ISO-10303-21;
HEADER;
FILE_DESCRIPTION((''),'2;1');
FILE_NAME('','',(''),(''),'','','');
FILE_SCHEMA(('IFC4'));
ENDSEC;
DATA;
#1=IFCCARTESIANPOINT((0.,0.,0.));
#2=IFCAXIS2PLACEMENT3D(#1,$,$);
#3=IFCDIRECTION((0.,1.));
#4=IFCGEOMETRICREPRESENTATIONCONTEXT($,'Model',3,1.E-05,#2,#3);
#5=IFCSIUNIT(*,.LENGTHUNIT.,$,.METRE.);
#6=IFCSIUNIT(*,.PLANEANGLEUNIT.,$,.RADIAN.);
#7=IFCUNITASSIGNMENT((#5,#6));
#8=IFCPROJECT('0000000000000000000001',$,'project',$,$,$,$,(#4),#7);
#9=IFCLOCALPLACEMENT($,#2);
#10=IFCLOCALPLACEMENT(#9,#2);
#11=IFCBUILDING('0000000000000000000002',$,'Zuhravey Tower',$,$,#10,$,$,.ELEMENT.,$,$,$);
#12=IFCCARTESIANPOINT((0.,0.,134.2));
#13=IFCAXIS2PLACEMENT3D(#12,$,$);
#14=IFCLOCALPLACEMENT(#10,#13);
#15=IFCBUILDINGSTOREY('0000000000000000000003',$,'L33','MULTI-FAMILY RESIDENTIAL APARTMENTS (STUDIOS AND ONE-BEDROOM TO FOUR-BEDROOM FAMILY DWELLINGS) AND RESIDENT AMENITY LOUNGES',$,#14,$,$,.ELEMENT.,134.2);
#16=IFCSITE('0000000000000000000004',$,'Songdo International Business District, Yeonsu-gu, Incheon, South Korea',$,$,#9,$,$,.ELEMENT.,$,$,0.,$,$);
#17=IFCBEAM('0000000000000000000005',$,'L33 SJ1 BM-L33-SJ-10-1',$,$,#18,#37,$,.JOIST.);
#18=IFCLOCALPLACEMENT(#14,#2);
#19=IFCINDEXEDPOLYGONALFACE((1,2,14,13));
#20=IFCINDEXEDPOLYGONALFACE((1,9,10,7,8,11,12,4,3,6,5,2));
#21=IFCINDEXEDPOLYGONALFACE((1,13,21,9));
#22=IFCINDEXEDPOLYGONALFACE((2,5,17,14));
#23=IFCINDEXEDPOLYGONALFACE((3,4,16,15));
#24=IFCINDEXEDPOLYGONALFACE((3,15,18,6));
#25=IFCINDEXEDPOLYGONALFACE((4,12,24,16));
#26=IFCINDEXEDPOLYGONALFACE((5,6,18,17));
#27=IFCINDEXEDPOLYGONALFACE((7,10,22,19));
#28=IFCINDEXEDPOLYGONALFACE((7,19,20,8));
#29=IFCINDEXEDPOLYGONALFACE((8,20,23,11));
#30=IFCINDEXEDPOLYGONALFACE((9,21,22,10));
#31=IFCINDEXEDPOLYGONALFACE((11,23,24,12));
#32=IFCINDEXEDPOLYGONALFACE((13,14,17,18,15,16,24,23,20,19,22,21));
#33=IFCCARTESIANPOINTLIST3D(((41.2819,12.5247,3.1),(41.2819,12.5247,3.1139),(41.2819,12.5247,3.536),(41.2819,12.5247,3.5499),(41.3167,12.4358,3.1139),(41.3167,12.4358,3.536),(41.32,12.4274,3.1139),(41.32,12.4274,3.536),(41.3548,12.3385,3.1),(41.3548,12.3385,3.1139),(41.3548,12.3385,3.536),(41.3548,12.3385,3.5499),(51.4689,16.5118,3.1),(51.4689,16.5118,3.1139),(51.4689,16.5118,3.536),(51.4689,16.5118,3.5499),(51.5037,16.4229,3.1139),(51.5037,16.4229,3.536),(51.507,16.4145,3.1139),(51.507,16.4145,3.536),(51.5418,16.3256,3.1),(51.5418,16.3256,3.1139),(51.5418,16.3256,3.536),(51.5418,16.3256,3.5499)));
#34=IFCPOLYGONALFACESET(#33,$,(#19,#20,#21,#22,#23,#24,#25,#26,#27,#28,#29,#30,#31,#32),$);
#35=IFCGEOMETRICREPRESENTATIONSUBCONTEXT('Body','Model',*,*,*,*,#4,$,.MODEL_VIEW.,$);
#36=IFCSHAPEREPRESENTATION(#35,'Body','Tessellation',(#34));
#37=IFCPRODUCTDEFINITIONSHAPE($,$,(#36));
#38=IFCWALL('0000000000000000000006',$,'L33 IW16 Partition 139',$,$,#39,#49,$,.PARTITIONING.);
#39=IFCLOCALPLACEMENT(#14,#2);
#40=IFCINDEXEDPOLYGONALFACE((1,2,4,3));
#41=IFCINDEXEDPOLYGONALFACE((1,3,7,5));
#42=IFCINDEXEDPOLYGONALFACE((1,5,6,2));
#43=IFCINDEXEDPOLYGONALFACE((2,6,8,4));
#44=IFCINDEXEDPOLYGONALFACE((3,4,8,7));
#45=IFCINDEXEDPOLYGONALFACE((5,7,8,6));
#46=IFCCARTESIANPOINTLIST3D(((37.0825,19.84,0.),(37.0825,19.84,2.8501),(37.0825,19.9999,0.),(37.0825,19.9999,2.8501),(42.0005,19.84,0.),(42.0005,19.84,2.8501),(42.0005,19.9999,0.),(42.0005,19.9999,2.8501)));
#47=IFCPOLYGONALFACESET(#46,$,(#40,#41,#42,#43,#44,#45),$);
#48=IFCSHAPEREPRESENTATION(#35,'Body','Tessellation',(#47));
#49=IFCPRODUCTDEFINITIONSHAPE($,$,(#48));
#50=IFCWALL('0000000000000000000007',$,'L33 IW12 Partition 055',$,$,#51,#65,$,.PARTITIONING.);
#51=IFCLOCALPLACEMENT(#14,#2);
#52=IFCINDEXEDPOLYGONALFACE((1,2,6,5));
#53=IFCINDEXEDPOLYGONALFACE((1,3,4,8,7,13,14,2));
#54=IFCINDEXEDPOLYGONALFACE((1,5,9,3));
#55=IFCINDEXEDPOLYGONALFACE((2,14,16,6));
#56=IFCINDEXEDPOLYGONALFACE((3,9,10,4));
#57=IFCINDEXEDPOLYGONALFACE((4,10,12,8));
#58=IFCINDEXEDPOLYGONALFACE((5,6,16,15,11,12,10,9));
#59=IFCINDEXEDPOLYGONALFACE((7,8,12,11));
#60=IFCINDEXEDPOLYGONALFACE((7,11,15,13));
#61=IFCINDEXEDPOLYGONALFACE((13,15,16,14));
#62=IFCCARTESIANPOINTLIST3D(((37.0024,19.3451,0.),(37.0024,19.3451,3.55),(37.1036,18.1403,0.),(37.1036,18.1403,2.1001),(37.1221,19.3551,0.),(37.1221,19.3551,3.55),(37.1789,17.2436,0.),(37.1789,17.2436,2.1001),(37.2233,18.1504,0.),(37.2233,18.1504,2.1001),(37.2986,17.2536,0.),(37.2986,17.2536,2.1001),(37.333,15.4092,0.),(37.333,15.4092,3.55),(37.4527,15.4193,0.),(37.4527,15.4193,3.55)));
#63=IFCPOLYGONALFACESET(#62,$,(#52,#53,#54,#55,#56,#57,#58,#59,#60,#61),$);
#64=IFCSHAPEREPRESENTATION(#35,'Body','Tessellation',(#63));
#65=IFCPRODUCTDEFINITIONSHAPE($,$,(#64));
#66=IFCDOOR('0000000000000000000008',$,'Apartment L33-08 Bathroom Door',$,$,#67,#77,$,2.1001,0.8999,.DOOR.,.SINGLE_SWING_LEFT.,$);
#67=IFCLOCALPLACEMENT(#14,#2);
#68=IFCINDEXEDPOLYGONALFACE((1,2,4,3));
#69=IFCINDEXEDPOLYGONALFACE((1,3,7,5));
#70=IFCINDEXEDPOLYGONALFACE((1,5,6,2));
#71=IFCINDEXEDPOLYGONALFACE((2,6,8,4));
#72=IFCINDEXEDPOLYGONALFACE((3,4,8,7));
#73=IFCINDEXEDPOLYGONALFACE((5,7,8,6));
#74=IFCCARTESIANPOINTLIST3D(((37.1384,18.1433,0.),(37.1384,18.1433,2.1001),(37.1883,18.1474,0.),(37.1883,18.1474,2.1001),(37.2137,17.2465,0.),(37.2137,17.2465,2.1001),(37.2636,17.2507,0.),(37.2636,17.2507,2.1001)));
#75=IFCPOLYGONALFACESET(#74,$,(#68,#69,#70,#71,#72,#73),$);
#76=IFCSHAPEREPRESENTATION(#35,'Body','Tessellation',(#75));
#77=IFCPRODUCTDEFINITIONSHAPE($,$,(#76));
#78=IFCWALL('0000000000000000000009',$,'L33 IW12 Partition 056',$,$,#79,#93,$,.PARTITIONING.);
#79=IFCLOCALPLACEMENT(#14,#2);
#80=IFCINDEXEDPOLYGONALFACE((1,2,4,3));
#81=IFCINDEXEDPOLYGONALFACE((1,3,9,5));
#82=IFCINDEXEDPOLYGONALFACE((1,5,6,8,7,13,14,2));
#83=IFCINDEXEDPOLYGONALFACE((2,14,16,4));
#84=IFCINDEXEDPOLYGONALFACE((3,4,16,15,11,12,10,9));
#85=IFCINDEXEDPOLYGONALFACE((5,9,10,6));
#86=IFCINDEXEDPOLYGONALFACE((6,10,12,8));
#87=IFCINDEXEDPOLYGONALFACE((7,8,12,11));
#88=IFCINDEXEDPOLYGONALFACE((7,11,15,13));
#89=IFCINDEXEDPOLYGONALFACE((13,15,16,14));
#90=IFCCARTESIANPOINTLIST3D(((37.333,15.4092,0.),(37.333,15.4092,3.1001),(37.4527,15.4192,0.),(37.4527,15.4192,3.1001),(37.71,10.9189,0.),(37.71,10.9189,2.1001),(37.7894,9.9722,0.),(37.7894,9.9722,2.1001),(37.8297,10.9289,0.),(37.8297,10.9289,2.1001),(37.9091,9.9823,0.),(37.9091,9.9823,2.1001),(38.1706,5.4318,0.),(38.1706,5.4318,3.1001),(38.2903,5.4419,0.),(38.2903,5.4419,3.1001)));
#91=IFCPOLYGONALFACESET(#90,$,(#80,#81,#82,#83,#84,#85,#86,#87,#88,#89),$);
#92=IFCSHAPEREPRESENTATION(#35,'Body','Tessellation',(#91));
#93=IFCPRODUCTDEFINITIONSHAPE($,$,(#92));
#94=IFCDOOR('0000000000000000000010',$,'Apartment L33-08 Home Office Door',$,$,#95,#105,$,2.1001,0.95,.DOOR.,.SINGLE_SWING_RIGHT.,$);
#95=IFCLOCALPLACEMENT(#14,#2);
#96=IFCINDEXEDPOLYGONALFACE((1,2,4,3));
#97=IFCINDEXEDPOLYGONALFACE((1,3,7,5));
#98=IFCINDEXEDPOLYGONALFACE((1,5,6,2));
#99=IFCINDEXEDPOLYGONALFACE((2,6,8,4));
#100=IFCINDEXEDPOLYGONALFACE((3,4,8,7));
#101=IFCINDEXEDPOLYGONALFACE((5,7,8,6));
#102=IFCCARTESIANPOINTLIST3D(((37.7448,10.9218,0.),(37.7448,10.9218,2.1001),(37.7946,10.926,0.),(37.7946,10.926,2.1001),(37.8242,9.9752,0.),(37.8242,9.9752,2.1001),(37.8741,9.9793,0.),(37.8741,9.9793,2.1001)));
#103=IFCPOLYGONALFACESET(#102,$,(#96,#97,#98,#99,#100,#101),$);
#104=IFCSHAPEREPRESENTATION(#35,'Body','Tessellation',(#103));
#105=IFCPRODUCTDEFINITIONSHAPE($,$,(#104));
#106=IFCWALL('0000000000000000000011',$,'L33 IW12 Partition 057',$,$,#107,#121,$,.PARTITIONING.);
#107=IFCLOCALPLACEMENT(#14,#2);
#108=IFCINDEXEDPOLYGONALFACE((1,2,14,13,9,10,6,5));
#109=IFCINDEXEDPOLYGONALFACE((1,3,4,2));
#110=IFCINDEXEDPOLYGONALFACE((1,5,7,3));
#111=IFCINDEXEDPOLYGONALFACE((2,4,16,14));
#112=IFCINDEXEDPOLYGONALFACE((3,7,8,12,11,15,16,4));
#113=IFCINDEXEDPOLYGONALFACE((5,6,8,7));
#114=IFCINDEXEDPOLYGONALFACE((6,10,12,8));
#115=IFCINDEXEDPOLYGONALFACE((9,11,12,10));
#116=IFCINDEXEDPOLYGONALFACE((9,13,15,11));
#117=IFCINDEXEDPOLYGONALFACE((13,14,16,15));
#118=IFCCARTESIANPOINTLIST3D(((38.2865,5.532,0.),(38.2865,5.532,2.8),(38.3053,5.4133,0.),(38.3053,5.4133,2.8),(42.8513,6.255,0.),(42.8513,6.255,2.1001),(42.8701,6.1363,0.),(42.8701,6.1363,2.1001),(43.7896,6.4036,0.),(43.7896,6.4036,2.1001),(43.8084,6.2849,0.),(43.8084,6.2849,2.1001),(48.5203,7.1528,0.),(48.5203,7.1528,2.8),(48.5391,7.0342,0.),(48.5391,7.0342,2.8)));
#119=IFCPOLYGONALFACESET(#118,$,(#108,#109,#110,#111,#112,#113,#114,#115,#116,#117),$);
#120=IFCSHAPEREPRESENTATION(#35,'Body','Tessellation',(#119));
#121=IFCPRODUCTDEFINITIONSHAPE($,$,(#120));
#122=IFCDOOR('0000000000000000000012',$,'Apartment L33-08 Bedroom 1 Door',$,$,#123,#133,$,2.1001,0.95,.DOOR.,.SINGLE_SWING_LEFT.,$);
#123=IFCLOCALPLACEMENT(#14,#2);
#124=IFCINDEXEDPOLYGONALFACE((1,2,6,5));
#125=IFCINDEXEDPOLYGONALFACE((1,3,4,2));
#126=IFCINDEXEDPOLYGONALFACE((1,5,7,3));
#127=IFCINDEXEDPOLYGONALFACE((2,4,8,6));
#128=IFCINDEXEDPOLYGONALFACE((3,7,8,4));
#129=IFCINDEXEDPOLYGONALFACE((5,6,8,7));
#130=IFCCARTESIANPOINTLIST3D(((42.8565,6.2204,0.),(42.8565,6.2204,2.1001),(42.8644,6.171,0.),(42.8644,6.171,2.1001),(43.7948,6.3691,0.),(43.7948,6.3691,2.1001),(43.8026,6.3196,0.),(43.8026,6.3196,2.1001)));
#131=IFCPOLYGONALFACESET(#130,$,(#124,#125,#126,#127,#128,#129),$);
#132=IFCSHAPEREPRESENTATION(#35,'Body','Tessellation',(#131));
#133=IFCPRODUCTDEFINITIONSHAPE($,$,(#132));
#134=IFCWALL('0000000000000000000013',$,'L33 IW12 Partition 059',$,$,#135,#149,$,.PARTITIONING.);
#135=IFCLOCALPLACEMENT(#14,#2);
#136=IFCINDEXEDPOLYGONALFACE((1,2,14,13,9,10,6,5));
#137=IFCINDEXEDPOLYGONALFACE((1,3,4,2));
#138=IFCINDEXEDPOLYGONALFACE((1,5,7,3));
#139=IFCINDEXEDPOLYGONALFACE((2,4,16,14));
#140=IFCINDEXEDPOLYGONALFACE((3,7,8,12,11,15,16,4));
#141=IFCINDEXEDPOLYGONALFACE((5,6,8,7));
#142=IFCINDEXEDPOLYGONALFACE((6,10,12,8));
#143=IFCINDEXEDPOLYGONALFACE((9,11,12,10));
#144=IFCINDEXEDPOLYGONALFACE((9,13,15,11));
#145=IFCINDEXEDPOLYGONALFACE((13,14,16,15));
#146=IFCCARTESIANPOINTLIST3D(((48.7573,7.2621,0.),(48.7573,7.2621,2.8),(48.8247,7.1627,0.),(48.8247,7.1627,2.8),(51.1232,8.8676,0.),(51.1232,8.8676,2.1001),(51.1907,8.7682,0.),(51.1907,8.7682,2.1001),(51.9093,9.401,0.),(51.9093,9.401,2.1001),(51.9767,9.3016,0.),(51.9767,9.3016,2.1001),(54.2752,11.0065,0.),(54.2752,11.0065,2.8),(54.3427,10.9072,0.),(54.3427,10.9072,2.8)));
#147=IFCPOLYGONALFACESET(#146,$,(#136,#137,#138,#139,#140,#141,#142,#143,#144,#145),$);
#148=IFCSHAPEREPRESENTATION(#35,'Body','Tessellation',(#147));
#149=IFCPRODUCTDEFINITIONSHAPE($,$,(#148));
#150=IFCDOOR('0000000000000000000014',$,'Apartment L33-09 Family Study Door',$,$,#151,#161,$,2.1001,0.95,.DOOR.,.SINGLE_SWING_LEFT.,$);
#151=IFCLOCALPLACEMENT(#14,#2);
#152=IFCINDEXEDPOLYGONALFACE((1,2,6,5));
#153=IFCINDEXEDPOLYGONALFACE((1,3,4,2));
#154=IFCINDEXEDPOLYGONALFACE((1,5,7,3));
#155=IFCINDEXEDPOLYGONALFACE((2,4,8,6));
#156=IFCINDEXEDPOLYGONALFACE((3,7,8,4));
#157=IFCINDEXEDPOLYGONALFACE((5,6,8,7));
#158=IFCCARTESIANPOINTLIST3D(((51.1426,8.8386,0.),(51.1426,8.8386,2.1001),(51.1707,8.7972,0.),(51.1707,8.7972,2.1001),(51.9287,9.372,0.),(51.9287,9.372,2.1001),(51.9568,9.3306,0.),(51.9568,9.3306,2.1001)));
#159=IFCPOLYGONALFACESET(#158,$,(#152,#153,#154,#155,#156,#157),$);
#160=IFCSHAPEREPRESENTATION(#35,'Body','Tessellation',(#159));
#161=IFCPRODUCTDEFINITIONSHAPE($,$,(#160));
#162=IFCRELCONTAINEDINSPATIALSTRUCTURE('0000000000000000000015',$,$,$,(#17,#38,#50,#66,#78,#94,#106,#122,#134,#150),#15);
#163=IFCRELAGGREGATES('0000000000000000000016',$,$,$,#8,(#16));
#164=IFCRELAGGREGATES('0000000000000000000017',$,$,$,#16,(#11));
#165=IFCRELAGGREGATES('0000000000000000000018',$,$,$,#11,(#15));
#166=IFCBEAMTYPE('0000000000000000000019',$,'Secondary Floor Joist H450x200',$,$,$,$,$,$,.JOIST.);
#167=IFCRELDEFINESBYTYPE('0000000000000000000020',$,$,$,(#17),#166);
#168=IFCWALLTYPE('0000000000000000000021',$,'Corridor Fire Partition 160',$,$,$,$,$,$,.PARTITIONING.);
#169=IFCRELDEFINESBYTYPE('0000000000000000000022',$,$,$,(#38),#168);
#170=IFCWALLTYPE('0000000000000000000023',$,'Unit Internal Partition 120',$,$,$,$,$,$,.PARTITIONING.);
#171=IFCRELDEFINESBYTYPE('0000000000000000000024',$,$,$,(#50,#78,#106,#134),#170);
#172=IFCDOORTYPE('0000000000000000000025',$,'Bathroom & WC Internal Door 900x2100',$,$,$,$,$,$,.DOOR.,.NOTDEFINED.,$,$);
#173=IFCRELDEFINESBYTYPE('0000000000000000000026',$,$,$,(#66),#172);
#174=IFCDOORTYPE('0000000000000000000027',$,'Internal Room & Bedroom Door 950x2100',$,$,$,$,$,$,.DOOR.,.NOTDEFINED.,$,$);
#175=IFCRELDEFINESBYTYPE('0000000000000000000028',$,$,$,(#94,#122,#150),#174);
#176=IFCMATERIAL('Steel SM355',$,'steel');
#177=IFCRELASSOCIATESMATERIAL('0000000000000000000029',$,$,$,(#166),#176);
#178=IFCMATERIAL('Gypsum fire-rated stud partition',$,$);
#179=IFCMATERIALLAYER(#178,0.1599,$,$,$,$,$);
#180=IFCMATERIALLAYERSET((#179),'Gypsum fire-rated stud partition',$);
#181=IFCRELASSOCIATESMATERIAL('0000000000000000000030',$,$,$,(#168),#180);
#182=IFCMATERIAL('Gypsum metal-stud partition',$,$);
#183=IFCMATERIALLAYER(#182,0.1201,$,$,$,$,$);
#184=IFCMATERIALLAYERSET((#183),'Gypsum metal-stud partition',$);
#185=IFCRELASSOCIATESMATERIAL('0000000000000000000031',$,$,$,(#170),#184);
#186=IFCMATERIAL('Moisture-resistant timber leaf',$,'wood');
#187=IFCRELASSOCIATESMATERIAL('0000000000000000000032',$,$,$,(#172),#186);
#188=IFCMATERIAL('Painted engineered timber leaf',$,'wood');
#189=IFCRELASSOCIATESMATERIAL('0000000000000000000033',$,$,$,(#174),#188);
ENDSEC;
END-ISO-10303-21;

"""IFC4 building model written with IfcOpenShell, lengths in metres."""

from ifc_helpers import new_model, si_unit, direction, frame, frame_2d, origin, origin_2d, place, context, subcontext, project, spatial, rectangle, i_section, extrude, material, layer, layer_set, material_profile, profile_set, type_object, element, fill, save


model = new_model("IFC4")

# Units and contexts
model_context = context("Model", 3, precision=1e-05, world=origin(), true_north=direction((0.0, 1.0)))
body_context = subcontext(model_context, "Body", "Model", "MODEL_VIEW")
ifc_project = project(units=[si_unit("LENGTHUNIT", "METRE"), si_unit("PLANEANGLEUNIT", "RADIAN")], contexts=[model_context])

# Site, building, storey
site_placement = place(None, origin())
site = spatial("IfcSite", under=ifc_project, at=site_placement, Name="Songdo International Business District, Yeonsu-gu, Incheon, South Korea", CompositionType="ELEMENT", RefElevation=0.0)
building_placement = place(site_placement, origin())
building = spatial("IfcBuilding", under=site, at=building_placement, Name="Zuhravey Tower", CompositionType="ELEMENT")
storey_placement = place(building_placement, frame((0.0, 0.0, 134.2)))
storey = spatial("IfcBuildingStorey", under=building, at=storey_placement, Name="L33", Description="MULTI-FAMILY RESIDENTIAL APARTMENTS (STUDIOS AND ONE-BEDROOM TO FOUR-BEDROOM FAMILY DWELLINGS) AND RESIDENT AMENITY LOUNGES", CompositionType="ELEMENT", Elevation=134.2)

# Beam
ifc_material_1 = material(Name="Steel SM355", Category="steel")
ifc_material_profile = material_profile(ifc_material_1, i_section(OverallWidth=0.2, OverallDepth=0.45, WebThickness=0.009, FlangeThickness=0.0139, at=origin_2d()), Name="H-450x200x9x14")
ifc_profile_set = profile_set([ifc_material_profile], Name="Steel SM355")
beam_type = type_object("IfcBeamType", Name="Secondary Floor Joist H450x200", PredefinedType="JOIST", material=ifc_profile_set)
beam_placement = place(storey_placement, frame((41.3184, 12.4316, 3.325), z_axis=(0.931217, 0.364466, 0.0), x_axis=(-0.364466, 0.931217, 0.0)))
element("IfcBeam", 1, at=beam_placement, inside=storey, type_object=beam_type, Name="L33 SJ1 BM-L33-SJ-10-1", PredefinedType="JOIST", context=body_context, shape_type="SweptSolid", body=[
    extrude(i_section(OverallWidth=0.2, OverallDepth=0.45, WebThickness=0.009, FlangeThickness=0.0139, at=origin_2d()), origin(), (0.0, 0.0, 1.0), 10.9395),
])

# Shared definitions
ifc_material_2 = material(Name="Gypsum fire-rated stud partition")
ifc_layer_1 = layer(ifc_material_2, 0.1599)
ifc_layer_set_1 = layer_set([ifc_layer_1], Name="Gypsum fire-rated stud partition")
wall_type_1 = type_object("IfcWallType", Name="Corridor Fire Partition 160", PredefinedType="PARTITIONING", material=ifc_layer_set_1)

# Wall
wall_1_placement = place(storey_placement, frame((37.0825, 19.9199, 0.0), z_axis=(0.0, 0.0, 1.0), x_axis=(1.0, 0.0, 0.0)))
element("IfcWall", 2, at=wall_1_placement, inside=storey, type_object=wall_type_1, Name="L33 IW16 Partition 139", PredefinedType="PARTITIONING", context=body_context, shape_type="SweptSolid", body=[
    extrude(rectangle(XDim=4.918, YDim=0.1599, at=frame_2d((2.459, 0.0))), origin(), (0.0, 0.0, 1.0), 2.8501),
])

# Walls, openings, doors
ifc_material_3 = material(Name="Gypsum metal-stud partition")
ifc_layer_2 = layer(ifc_material_3, 0.1201)
ifc_layer_set_2 = layer_set([ifc_layer_2], Name="Gypsum metal-stud partition")
wall_type_2 = type_object("IfcWallType", Name="Unit Internal Partition 120", PredefinedType="PARTITIONING", material=ifc_layer_set_2)
wall_2_placement = place(storey_placement, frame((37.0623, 19.3501, 0.0), z_axis=(0.0, 0.0, 1.0), x_axis=(0.083695, -0.996491, 0.0)))
wall_2 = element("IfcWall", 3, at=wall_2_placement, inside=storey, type_object=wall_type_2, Name="L33 IW12 Partition 055", PredefinedType="PARTITIONING", context=body_context, shape_type="SweptSolid", body=[
    extrude(rectangle(XDim=3.9497, YDim=0.1201, at=frame_2d((1.9749, 0.0))), origin(), (0.0, 0.0, 1.0), 3.55),
])
opening_1_placement = place(wall_2_placement, frame((1.209, 0.0, 0.0)))
opening_1 = element("IfcOpeningElement", 4, at=opening_1_placement, cuts=wall_2, PredefinedType="OPENING", context=body_context, shape_type="SweptSolid", body=[
    extrude(rectangle(XDim=0.8999, YDim=2.1001, at=frame_2d((0.45, 1.05))), frame((0.0, 0.072, 0.0), z_axis=(0.0, -1.0, 0.0), x_axis=(1.0, 0.0, 0.0)), (0.0, 0.0, 1.0), 0.144),
])
ifc_material_4 = material(Name="Moisture-resistant timber leaf", Category="wood")
door_type_1 = type_object("IfcDoorType", Name="Bathroom & WC Internal Door 900x2100", OperationType="NOTDEFINED", PredefinedType="DOOR", material=ifc_material_4)
door_1_placement = place(opening_1_placement, origin())
door_1 = element("IfcDoor", 5, at=door_1_placement, inside=storey, type_object=door_type_1, Name="Apartment L33-08 Bathroom Door", OperationType="SINGLE_SWING_LEFT", OverallHeight=2.1001, OverallWidth=0.8999, PredefinedType="DOOR", context=body_context, shape_type="SweptSolid", body=[
    extrude(rectangle(XDim=0.8999, YDim=2.1001, at=frame_2d((0.45, 1.05))), frame((0.0, 0.0249, 0.0), z_axis=(0.0, -1.0, 0.0), x_axis=(1.0, 0.0, 0.0)), (0.0, 0.0, 1.0), 0.05),
])
fill(opening_1, door_1)
wall_3_placement = place(storey_placement, frame((37.3928, 15.4143, 0.0), z_axis=(0.0, 0.0, 1.0), x_axis=(0.083661, -0.996494, 0.0)))
wall_3 = element("IfcWall", 6, at=wall_3_placement, inside=storey, type_object=wall_type_2, Name="L33 IW12 Partition 056", PredefinedType="PARTITIONING", context=body_context, shape_type="SweptSolid", body=[
    extrude(rectangle(XDim=10.0125, YDim=0.1201, at=frame_2d((5.0063, 0.0))), origin(), (0.0, 0.0, 1.0), 3.1001),
])
opening_2_placement = place(wall_3_placement, frame((4.5061, 0.0, 0.0)))
opening_2 = element("IfcOpeningElement", 7, at=opening_2_placement, cuts=wall_3, PredefinedType="OPENING", context=body_context, shape_type="SweptSolid", body=[
    extrude(rectangle(XDim=0.95, YDim=2.1001, at=frame_2d((0.4751, 1.05))), frame((0.0, 0.072, 0.0), z_axis=(0.0, -1.0, 0.0), x_axis=(1.0, 0.0, 0.0)), (0.0, 0.0, 1.0), 0.144),
])
ifc_material_5 = material(Name="Painted engineered timber leaf", Category="wood")
door_type_2 = type_object("IfcDoorType", Name="Internal Room & Bedroom Door 950x2100", OperationType="NOTDEFINED", PredefinedType="DOOR", material=ifc_material_5)
door_2_placement = place(opening_2_placement, origin())
door_2 = element("IfcDoor", 8, at=door_2_placement, inside=storey, type_object=door_type_2, Name="Apartment L33-08 Home Office Door", OperationType="SINGLE_SWING_RIGHT", OverallHeight=2.1001, OverallWidth=0.95, PredefinedType="DOOR", context=body_context, shape_type="SweptSolid", body=[
    extrude(rectangle(XDim=0.95, YDim=2.1001, at=frame_2d((0.4751, 1.05))), frame((0.0, 0.0249, 0.0), z_axis=(0.0, -1.0, 0.0), x_axis=(1.0, 0.0, 0.0)), (0.0, 0.0, 1.0), 0.05),
])
fill(opening_2, door_2)
wall_4_placement = place(storey_placement, frame((38.2959, 5.4727, 0.0), z_axis=(0.0, 0.0, 1.0), x_axis=(0.987688, 0.156434, 0.0)))
wall_4 = element("IfcWall", 9, at=wall_4_placement, inside=storey, type_object=wall_type_2, Name="L33 IW12 Partition 057", PredefinedType="PARTITIONING", context=body_context, shape_type="SweptSolid", body=[
    extrude(rectangle(XDim=10.3613, YDim=0.1201, at=frame_2d((5.1807, 0.0))), origin(), (0.0, 0.0, 1.0), 2.8),
])
opening_3_placement = place(wall_4_placement, frame((4.6216, 0.0, 0.0)))
opening_3 = element("IfcOpeningElement", 10, at=opening_3_placement, cuts=wall_4, PredefinedType="OPENING", context=body_context, shape_type="SweptSolid", body=[
    extrude(rectangle(XDim=0.95, YDim=2.1001, at=frame_2d((0.4751, 1.05))), frame((0.0, 0.072, 0.0), z_axis=(0.0, -1.0, 0.0), x_axis=(1.0, 0.0, 0.0)), (0.0, 0.0, 1.0), 0.144),
])
door_3_placement = place(opening_3_placement, frame((0.95, 0.0, 0.0), z_axis=(0.0, 0.0, 1.0), x_axis=(-1.0, 0.0, 0.0)))
door_3 = element("IfcDoor", 11, at=door_3_placement, inside=storey, type_object=door_type_2, Name="Apartment L33-08 Bedroom 1 Door", OperationType="SINGLE_SWING_LEFT", OverallHeight=2.1001, OverallWidth=0.95, PredefinedType="DOOR", context=body_context, shape_type="SweptSolid", body=[
    extrude(rectangle(XDim=0.95, YDim=2.1001, at=frame_2d((0.4751, 1.05))), frame((0.0, 0.0249, 0.0), z_axis=(0.0, -1.0, 0.0), x_axis=(1.0, 0.0, 0.0)), (0.0, 0.0, 1.0), 0.05),
])
fill(opening_3, door_3)
wall_5_placement = place(storey_placement, frame((48.791, 7.2124, 0.0), z_axis=(0.0, 0.0, 1.0), x_axis=(0.827465, 0.561517, 0.0)))
wall_5 = element("IfcWall", 12, at=wall_5_placement, inside=storey, type_object=wall_type_2, Name="L33 IW12 Partition 059", PredefinedType="PARTITIONING", context=body_context, shape_type="SweptSolid", body=[
    extrude(rectangle(XDim=6.6685, YDim=0.1201, at=frame_2d((3.3342, 0.0))), origin(), (0.0, 0.0, 1.0), 2.8),
])
opening_4_placement = place(wall_5_placement, frame((2.8591, 0.0, 0.0)))
opening_4 = element("IfcOpeningElement", 13, at=opening_4_placement, cuts=wall_5, PredefinedType="OPENING", context=body_context, shape_type="SweptSolid", body=[
    extrude(rectangle(XDim=0.95, YDim=2.1001, at=frame_2d((0.4751, 1.05))), frame((0.0, 0.072, 0.0), z_axis=(0.0, -1.0, 0.0), x_axis=(1.0, 0.0, 0.0)), (0.0, 0.0, 1.0), 0.144),
])
door_4_placement = place(opening_4_placement, frame((0.95, 0.0, 0.0), z_axis=(0.0, 0.0, 1.0), x_axis=(-1.0, 0.0, 0.0)))
door_4 = element("IfcDoor", 14, at=door_4_placement, inside=storey, type_object=door_type_2, Name="Apartment L33-09 Family Study Door", OperationType="SINGLE_SWING_LEFT", OverallHeight=2.1001, OverallWidth=0.95, PredefinedType="DOOR", context=body_context, shape_type="SweptSolid", body=[
    extrude(rectangle(XDim=0.95, YDim=2.1001, at=frame_2d((0.4751, 1.05))), frame((0.0, 0.0249, 0.0), z_axis=(0.0, -1.0, 0.0), x_axis=(1.0, 0.0, 0.0)), (0.0, 0.0, 1.0), 0.05),
])
fill(opening_4, door_4)

save(model, "model.ifc")
